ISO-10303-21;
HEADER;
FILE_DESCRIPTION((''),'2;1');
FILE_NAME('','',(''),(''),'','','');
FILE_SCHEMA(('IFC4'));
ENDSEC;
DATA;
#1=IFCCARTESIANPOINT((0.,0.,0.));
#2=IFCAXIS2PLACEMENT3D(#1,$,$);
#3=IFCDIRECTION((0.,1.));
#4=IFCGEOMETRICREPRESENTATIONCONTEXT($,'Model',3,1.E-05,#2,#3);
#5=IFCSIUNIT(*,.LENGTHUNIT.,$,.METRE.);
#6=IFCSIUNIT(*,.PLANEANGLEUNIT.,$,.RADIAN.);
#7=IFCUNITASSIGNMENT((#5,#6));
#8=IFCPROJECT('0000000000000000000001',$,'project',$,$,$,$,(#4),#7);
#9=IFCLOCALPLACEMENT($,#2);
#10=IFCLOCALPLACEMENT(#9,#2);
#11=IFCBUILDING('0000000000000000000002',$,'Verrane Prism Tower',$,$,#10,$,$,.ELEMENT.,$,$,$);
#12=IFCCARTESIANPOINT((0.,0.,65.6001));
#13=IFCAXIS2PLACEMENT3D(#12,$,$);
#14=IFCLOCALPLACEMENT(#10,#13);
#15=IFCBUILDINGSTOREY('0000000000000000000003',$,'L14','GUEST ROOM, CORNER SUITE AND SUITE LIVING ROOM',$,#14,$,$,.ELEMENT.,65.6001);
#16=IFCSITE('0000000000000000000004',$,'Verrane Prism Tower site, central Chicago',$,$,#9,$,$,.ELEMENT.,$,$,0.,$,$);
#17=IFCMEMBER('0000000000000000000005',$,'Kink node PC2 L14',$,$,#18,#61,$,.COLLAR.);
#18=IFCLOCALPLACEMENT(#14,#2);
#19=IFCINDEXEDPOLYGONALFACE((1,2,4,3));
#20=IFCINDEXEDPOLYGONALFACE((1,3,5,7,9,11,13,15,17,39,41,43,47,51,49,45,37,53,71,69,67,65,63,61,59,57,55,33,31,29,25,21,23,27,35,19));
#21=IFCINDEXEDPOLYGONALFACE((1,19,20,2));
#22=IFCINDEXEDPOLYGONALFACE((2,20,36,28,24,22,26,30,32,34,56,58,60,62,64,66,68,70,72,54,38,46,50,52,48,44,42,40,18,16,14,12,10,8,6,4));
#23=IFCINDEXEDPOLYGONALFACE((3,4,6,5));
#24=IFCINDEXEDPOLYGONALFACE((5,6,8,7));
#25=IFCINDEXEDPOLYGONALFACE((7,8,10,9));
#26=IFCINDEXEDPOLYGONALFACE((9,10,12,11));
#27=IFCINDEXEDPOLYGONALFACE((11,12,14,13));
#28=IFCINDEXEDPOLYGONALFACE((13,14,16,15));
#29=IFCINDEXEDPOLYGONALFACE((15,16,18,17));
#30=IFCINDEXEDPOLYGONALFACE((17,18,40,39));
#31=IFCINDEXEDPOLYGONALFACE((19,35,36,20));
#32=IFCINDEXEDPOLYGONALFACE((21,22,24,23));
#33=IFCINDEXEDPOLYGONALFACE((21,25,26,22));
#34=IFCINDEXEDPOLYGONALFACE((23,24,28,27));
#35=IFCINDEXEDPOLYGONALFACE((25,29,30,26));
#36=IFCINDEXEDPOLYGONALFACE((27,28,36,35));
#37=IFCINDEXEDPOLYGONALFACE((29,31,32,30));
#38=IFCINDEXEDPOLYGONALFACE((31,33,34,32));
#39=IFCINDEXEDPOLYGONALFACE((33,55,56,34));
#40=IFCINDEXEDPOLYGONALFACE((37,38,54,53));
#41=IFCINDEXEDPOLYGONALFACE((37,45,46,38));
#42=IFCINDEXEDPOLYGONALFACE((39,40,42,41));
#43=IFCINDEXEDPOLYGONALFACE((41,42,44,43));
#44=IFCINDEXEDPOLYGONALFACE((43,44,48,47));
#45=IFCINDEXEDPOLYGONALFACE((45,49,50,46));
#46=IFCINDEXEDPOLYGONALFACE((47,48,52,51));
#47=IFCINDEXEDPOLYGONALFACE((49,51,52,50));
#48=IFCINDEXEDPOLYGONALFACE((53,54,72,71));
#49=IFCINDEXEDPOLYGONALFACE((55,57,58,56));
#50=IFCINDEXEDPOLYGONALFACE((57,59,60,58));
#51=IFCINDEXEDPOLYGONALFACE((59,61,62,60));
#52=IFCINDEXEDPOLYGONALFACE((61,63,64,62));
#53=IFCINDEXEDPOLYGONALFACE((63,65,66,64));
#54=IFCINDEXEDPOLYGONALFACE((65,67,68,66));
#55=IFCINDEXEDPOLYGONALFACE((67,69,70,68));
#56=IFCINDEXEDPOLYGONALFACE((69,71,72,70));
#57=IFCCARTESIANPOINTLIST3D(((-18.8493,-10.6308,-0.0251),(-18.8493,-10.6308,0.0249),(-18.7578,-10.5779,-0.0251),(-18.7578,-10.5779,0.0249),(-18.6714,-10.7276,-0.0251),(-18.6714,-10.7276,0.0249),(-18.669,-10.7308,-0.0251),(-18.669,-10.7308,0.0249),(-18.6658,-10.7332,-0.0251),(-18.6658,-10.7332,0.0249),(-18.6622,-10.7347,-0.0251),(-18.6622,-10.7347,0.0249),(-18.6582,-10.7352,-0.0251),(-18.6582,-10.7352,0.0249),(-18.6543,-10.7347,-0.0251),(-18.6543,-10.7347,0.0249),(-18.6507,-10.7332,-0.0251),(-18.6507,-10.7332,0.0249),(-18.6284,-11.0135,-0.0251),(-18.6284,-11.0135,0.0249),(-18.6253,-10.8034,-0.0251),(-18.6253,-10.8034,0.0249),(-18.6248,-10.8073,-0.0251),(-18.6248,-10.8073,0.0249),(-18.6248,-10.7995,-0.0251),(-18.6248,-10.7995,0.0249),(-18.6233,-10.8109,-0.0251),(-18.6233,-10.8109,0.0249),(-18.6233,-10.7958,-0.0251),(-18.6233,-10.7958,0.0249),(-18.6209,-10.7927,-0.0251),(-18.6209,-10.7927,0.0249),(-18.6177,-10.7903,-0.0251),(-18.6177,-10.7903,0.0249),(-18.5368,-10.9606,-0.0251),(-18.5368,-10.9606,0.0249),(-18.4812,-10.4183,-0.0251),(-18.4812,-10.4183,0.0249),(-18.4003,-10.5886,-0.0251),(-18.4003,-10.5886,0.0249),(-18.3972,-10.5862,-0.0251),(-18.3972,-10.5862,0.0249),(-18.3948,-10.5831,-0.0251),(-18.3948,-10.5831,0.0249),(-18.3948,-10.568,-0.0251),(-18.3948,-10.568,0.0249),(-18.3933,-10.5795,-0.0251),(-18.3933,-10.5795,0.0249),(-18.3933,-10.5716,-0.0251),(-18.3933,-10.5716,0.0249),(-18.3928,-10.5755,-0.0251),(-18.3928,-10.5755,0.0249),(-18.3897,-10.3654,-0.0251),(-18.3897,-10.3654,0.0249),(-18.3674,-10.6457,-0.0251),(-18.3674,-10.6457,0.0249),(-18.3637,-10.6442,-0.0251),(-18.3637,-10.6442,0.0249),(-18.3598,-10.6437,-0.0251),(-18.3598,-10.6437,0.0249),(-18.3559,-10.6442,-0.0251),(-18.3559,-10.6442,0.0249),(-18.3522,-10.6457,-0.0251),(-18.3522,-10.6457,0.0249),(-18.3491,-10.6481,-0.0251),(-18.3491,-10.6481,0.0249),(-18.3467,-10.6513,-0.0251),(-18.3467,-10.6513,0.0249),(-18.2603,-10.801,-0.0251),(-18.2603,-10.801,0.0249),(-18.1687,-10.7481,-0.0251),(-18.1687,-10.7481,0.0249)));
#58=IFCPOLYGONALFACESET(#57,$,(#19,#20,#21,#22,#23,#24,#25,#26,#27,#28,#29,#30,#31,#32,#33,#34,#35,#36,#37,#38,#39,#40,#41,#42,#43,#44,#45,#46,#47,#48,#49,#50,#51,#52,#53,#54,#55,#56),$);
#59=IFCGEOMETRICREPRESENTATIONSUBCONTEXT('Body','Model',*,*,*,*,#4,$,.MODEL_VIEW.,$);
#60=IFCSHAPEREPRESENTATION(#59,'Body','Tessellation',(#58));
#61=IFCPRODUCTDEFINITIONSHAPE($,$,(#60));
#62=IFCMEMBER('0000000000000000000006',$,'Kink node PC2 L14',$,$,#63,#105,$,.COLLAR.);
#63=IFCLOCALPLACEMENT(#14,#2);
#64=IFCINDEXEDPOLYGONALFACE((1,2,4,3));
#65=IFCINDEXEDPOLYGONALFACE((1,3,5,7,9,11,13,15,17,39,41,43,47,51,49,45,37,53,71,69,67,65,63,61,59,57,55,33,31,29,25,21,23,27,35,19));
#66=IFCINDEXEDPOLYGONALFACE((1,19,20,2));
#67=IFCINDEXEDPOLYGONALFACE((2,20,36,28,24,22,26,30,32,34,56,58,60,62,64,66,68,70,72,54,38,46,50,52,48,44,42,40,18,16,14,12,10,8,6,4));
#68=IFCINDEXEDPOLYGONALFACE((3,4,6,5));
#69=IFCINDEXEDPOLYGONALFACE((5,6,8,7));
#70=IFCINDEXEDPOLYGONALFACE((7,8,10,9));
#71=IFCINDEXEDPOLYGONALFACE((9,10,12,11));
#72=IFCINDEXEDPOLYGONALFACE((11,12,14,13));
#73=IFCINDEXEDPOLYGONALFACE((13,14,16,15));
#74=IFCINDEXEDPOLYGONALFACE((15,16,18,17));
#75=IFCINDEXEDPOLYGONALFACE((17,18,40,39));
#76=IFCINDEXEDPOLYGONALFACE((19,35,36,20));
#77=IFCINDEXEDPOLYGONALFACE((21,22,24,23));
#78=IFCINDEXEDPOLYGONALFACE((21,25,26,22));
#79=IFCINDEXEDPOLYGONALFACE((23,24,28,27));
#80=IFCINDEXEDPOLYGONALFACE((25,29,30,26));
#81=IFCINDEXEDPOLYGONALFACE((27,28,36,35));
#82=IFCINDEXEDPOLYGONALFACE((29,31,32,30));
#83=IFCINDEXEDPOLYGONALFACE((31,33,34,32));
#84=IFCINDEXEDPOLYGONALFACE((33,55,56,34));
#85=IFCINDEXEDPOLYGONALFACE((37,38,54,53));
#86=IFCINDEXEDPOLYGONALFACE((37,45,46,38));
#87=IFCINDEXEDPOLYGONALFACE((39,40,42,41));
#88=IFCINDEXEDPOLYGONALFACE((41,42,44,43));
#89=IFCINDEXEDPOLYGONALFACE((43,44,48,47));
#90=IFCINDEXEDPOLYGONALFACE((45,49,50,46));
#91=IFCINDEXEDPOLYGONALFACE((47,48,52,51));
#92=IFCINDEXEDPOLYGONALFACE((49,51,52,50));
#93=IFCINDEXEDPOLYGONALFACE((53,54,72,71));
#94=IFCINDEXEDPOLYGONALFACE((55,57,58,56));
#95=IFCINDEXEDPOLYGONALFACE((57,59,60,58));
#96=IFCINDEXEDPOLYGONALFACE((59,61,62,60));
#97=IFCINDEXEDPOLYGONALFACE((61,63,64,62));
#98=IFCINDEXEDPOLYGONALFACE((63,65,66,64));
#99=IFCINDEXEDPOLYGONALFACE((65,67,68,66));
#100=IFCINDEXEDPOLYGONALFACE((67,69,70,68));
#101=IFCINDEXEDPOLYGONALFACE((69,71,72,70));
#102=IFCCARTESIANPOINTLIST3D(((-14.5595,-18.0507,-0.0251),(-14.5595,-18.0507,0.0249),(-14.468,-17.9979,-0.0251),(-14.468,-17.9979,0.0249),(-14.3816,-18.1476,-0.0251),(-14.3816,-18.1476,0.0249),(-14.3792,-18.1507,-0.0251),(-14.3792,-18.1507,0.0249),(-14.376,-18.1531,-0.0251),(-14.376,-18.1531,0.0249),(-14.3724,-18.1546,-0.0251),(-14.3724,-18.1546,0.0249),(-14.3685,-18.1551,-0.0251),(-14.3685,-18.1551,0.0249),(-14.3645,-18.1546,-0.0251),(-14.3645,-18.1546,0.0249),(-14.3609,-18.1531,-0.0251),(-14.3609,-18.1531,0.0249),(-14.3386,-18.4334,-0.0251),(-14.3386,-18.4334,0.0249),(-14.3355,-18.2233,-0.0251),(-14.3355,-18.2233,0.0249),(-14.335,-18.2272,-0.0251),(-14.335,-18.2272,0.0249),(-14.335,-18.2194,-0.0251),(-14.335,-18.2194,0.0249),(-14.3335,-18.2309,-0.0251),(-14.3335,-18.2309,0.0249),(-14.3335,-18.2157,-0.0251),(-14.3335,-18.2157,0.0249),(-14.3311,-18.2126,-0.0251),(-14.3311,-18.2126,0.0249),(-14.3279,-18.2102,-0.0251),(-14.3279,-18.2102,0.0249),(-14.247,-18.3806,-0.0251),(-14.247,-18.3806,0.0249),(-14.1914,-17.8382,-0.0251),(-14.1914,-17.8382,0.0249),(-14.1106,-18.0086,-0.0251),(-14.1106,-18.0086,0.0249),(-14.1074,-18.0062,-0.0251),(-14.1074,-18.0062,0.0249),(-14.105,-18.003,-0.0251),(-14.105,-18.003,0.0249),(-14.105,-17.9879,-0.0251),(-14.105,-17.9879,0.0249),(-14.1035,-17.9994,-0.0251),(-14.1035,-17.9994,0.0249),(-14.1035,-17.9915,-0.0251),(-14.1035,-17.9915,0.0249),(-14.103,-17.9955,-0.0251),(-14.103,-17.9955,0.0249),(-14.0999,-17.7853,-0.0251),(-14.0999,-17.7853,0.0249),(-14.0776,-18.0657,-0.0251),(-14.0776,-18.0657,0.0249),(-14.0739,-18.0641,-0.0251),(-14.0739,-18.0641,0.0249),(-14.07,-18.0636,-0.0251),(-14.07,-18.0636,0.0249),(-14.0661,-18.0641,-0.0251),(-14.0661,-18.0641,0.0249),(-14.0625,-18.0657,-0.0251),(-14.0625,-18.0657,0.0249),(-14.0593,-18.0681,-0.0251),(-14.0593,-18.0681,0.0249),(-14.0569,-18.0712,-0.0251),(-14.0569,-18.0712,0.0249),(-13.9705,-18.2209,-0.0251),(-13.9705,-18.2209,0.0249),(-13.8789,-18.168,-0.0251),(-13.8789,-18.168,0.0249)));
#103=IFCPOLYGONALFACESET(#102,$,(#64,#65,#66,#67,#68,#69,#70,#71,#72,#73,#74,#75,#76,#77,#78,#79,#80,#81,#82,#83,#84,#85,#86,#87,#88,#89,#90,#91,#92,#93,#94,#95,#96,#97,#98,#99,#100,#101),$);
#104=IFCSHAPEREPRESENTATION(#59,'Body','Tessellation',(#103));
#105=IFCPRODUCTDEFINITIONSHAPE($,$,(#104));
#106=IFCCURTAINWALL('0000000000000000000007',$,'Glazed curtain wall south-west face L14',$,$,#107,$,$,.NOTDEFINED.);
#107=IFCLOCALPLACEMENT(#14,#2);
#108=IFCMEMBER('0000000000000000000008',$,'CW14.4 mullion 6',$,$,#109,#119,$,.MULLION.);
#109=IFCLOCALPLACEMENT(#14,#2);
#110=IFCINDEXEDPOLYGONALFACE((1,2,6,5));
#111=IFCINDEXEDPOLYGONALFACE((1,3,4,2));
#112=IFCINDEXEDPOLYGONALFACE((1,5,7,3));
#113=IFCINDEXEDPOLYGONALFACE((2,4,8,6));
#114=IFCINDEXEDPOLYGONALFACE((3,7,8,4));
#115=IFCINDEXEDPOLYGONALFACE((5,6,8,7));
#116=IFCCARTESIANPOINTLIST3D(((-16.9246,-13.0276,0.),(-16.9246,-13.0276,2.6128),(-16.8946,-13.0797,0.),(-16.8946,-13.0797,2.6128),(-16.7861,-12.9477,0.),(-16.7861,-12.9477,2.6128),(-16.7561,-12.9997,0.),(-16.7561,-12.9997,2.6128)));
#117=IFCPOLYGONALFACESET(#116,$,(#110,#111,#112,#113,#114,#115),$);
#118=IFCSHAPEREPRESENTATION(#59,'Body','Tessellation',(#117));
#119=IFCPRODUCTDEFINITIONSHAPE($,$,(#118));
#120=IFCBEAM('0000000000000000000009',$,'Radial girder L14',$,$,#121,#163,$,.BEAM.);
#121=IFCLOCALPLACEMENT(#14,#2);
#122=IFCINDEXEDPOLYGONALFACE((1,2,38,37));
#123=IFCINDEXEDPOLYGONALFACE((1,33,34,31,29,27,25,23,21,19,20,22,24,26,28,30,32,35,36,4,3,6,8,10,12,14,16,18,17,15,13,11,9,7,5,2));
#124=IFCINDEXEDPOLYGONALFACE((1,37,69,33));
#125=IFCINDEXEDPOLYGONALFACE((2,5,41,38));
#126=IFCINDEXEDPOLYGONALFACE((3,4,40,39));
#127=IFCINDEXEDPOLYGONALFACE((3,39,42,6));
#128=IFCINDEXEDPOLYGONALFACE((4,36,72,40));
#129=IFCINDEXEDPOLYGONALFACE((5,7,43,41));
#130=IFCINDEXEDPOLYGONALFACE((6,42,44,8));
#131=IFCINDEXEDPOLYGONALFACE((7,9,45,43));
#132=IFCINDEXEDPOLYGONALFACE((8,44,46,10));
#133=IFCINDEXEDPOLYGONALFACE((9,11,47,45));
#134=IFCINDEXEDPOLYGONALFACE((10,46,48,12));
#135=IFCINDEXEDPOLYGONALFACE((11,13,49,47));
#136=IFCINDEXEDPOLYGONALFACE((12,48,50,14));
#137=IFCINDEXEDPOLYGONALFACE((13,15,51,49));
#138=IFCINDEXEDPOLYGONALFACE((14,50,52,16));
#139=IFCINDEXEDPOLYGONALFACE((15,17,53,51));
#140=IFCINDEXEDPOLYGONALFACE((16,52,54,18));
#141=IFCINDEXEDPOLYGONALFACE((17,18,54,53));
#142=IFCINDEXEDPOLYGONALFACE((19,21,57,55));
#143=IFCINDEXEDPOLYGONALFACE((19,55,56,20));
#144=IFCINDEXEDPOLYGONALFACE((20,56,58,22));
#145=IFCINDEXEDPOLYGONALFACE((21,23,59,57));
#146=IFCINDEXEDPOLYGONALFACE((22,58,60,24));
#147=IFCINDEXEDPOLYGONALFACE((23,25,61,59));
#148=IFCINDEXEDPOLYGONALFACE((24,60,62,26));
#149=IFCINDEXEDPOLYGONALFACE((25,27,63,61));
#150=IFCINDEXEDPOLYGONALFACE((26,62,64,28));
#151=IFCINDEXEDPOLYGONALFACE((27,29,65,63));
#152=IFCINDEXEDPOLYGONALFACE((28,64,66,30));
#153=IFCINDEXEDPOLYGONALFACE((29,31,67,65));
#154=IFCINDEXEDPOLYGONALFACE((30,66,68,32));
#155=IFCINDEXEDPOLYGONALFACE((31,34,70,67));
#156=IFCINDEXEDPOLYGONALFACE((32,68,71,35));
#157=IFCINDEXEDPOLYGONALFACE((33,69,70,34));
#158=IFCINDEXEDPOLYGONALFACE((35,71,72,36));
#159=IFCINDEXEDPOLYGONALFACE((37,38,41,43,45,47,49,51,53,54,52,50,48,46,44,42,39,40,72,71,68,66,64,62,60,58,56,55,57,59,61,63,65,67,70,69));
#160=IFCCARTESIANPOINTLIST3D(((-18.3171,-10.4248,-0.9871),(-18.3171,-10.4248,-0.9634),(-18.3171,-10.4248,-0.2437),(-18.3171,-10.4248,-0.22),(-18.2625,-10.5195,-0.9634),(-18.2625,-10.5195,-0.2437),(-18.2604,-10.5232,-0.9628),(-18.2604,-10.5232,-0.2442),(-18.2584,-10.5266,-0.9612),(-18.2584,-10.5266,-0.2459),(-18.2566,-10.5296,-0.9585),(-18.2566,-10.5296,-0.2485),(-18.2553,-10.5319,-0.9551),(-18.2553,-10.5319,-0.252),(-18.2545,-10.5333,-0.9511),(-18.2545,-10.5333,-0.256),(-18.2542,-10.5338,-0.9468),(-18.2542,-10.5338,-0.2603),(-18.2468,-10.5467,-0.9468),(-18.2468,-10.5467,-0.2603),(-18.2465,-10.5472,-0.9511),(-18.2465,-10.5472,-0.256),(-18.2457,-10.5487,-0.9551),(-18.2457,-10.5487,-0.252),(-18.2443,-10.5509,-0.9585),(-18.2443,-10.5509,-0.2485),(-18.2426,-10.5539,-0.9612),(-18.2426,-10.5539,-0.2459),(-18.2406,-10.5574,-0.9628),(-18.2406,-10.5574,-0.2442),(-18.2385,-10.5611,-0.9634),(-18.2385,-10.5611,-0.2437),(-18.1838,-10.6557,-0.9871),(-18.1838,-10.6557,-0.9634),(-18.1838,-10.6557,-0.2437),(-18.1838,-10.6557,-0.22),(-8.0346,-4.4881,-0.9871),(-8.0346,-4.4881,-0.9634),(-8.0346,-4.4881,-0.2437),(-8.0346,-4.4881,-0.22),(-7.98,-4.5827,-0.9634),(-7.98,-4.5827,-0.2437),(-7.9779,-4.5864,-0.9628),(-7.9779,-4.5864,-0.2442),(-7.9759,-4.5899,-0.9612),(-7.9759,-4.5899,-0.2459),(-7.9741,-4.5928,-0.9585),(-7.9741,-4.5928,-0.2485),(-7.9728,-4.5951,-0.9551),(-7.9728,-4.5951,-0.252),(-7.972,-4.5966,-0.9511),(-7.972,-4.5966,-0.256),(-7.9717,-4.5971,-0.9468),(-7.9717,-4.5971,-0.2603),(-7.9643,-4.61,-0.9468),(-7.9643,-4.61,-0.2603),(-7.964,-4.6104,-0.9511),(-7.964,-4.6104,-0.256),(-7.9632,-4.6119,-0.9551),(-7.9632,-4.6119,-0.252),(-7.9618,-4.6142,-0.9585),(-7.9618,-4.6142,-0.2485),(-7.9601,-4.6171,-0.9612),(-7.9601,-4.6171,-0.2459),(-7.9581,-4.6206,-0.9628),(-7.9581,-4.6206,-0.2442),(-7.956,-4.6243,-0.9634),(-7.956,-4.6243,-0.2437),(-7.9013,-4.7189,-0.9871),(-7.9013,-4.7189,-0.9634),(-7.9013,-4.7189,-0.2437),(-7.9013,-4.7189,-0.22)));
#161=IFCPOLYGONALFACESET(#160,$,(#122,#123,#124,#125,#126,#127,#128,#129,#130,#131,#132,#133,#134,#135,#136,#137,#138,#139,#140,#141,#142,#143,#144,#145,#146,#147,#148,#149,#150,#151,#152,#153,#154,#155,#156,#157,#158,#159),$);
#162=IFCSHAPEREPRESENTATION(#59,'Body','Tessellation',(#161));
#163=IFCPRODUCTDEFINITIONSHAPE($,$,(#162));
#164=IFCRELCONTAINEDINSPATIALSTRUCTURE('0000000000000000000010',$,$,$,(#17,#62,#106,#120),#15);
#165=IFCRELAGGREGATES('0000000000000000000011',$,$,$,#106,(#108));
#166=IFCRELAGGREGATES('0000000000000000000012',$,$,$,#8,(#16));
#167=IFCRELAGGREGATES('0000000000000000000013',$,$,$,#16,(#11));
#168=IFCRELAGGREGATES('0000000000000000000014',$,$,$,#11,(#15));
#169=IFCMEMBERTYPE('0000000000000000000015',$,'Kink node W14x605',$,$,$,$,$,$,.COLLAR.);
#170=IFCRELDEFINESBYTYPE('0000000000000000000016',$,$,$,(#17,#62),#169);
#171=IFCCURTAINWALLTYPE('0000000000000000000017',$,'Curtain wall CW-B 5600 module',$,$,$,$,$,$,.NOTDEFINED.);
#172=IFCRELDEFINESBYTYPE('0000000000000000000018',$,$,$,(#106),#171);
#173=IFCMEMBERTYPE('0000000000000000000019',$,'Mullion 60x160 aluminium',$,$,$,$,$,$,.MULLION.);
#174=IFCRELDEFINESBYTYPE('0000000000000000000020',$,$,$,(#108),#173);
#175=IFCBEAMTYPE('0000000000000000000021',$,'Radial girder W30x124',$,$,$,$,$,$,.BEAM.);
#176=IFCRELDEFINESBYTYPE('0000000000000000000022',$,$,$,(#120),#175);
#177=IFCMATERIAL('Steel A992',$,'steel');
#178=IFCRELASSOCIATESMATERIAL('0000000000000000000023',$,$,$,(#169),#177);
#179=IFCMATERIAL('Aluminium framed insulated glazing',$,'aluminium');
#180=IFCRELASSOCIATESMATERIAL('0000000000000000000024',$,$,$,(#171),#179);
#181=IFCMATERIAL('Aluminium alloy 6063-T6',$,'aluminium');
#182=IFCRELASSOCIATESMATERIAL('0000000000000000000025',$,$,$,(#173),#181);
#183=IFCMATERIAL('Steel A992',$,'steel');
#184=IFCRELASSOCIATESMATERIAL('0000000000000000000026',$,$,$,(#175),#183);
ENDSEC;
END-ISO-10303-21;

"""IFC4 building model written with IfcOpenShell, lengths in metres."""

from ifc_helpers import new_model, si_unit, direction, frame, origin, origin_2d, place, context, subcontext, project, spatial, rectangle, i_section, extrude, material, material_profile, profile_set, type_object, element, aggregate, save


model = new_model("IFC4")

# Units and contexts
model_context = context("Model", 3, precision=1e-05, world=origin(), true_north=direction((0.0, 1.0)))
body_context = subcontext(model_context, "Body", "Model", "MODEL_VIEW")
ifc_project = project(units=[si_unit("LENGTHUNIT", "METRE"), si_unit("PLANEANGLEUNIT", "RADIAN")], contexts=[model_context])

# Site, building, storey
site_placement = place(None, origin())
site = spatial("IfcSite", under=ifc_project, at=site_placement, Name="Verrane Prism Tower site, central Chicago", CompositionType="ELEMENT", RefElevation=0.0)
building_placement = place(site_placement, origin())
building = spatial("IfcBuilding", under=site, at=building_placement, Name="Verrane Prism Tower", CompositionType="ELEMENT")
storey_placement = place(building_placement, frame((0.0, 0.0, 65.6001)))
storey = spatial("IfcBuildingStorey", under=building, at=storey_placement, Name="L14", Description="GUEST ROOM, CORNER SUITE AND SUITE LIVING ROOM", CompositionType="ELEMENT", Elevation=65.6001)

# Members
ifc_material_1 = material(Name="Steel A992", Category="steel")
ifc_material_profile_1 = material_profile(ifc_material_1, i_section(OverallWidth=0.4419, OverallDepth=0.5308, WebThickness=0.0659, FlangeThickness=0.1057, FilletRadius=0.0151, at=origin_2d()), Name="W14x605")
ifc_profile_set_1 = profile_set([ifc_material_profile_1], Name="Steel A992")
member_type_1 = type_object("IfcMemberType", Name="Kink node W14x605", PredefinedType="COLLAR", material=ifc_profile_set_1)
for number, where, z_axis, x_axis, name in (
    (1, (-18.509, -10.6895, -0.0251), (0.0, 0.0, 1.0), (-0.5, 0.866025, 0.0), "Kink node PC2 L14"),
    (2, (-14.2192, -18.1094, -0.0251), (0.0, 0.0, 1.0), (-0.5, 0.866025, 0.0), "Kink node PC2 L14"),
):
    element("IfcMember", number, at=place(storey_placement, frame(where, z_axis=z_axis, x_axis=x_axis)), inside=storey, type_object=member_type_1, Name=name, PredefinedType="COLLAR", context=body_context, shape_type="SweptSolid", body=[
        extrude(i_section(OverallWidth=0.4419, OverallDepth=0.5308, WebThickness=0.0659, FlangeThickness=0.1057, FilletRadius=0.0151, at=origin_2d()), origin(), (0.0, 0.0, 1.0), 0.05),
    ])

# Curtain wall, member
ifc_material_2 = material(Name="Aluminium framed insulated glazing", Category="aluminium")
curtain_wall_type = type_object("IfcCurtainWallType", Name="Curtain wall CW-B 5600 module", PredefinedType="NOTDEFINED", material=ifc_material_2)
curtain_wall_placement = place(storey_placement, origin())
curtain_wall = element("IfcCurtainWall", 3, at=curtain_wall_placement, inside=storey, type_object=curtain_wall_type, Name="Glazed curtain wall south-west face L14", PredefinedType="NOTDEFINED")
ifc_material_3 = material(Name="Aluminium alloy 6063-T6", Category="aluminium")
ifc_material_profile_2 = material_profile(ifc_material_3, rectangle(XDim=0.1599, YDim=0.0601, at=origin_2d()), Name="Mullion 60x160 aluminium")
ifc_profile_set_2 = profile_set([ifc_material_profile_2], Name="Aluminium alloy 6063-T6")
member_type_2 = type_object("IfcMemberType", Name="Mullion 60x160 aluminium", PredefinedType="MULLION", material=ifc_profile_set_2)
member_1_placement = place(storey_placement, frame((-16.8403, -13.0137, 0.0), z_axis=(0.0, 0.0, 1.0), x_axis=(0.866025, 0.5, 0.0)))
member_1 = element("IfcMember", 4, at=member_1_placement, type_object=member_type_2, Name="CW14.4 mullion 6", PredefinedType="MULLION", context=body_context, shape_type="SweptSolid", body=[
    extrude(rectangle(XDim=0.1599, YDim=0.0601, at=origin_2d()), origin(), (0.0, 0.0, 1.0), 2.6128),
])

# Beam
ifc_material_4 = material(Name="Steel A992", Category="steel")
ifc_material_profile_3 = material_profile(ifc_material_4, i_section(OverallWidth=0.2666, OverallDepth=0.7671, WebThickness=0.0149, FlangeThickness=0.0237, FilletRadius=0.0166, at=origin_2d()), Name="W30x124")
ifc_profile_set_3 = profile_set([ifc_material_profile_3], Name="Steel A992")
beam_type_1 = type_object("IfcBeamType", Name="Radial girder W30x124", PredefinedType="BEAM", material=ifc_profile_set_3)
beam_1_placement = place(storey_placement, frame((-18.2505, -10.5403, -0.6035), z_axis=(0.866019, 0.500011, 0.0), x_axis=(-0.500011, 0.866019, 0.0)))
element("IfcBeam", 5, at=beam_1_placement, inside=storey, type_object=beam_type_1, Name="Radial girder L14", PredefinedType="BEAM", context=body_context, shape_type="SweptSolid", body=[
    extrude(i_section(OverallWidth=0.2666, OverallDepth=0.7671, WebThickness=0.0149, FlangeThickness=0.0237, FilletRadius=0.0166, at=origin_2d()), origin(), (0.0, 0.0, 1.0), 11.8733),
])

aggregate(curtain_wall, [member_1])

save(model, "model.ifc")
